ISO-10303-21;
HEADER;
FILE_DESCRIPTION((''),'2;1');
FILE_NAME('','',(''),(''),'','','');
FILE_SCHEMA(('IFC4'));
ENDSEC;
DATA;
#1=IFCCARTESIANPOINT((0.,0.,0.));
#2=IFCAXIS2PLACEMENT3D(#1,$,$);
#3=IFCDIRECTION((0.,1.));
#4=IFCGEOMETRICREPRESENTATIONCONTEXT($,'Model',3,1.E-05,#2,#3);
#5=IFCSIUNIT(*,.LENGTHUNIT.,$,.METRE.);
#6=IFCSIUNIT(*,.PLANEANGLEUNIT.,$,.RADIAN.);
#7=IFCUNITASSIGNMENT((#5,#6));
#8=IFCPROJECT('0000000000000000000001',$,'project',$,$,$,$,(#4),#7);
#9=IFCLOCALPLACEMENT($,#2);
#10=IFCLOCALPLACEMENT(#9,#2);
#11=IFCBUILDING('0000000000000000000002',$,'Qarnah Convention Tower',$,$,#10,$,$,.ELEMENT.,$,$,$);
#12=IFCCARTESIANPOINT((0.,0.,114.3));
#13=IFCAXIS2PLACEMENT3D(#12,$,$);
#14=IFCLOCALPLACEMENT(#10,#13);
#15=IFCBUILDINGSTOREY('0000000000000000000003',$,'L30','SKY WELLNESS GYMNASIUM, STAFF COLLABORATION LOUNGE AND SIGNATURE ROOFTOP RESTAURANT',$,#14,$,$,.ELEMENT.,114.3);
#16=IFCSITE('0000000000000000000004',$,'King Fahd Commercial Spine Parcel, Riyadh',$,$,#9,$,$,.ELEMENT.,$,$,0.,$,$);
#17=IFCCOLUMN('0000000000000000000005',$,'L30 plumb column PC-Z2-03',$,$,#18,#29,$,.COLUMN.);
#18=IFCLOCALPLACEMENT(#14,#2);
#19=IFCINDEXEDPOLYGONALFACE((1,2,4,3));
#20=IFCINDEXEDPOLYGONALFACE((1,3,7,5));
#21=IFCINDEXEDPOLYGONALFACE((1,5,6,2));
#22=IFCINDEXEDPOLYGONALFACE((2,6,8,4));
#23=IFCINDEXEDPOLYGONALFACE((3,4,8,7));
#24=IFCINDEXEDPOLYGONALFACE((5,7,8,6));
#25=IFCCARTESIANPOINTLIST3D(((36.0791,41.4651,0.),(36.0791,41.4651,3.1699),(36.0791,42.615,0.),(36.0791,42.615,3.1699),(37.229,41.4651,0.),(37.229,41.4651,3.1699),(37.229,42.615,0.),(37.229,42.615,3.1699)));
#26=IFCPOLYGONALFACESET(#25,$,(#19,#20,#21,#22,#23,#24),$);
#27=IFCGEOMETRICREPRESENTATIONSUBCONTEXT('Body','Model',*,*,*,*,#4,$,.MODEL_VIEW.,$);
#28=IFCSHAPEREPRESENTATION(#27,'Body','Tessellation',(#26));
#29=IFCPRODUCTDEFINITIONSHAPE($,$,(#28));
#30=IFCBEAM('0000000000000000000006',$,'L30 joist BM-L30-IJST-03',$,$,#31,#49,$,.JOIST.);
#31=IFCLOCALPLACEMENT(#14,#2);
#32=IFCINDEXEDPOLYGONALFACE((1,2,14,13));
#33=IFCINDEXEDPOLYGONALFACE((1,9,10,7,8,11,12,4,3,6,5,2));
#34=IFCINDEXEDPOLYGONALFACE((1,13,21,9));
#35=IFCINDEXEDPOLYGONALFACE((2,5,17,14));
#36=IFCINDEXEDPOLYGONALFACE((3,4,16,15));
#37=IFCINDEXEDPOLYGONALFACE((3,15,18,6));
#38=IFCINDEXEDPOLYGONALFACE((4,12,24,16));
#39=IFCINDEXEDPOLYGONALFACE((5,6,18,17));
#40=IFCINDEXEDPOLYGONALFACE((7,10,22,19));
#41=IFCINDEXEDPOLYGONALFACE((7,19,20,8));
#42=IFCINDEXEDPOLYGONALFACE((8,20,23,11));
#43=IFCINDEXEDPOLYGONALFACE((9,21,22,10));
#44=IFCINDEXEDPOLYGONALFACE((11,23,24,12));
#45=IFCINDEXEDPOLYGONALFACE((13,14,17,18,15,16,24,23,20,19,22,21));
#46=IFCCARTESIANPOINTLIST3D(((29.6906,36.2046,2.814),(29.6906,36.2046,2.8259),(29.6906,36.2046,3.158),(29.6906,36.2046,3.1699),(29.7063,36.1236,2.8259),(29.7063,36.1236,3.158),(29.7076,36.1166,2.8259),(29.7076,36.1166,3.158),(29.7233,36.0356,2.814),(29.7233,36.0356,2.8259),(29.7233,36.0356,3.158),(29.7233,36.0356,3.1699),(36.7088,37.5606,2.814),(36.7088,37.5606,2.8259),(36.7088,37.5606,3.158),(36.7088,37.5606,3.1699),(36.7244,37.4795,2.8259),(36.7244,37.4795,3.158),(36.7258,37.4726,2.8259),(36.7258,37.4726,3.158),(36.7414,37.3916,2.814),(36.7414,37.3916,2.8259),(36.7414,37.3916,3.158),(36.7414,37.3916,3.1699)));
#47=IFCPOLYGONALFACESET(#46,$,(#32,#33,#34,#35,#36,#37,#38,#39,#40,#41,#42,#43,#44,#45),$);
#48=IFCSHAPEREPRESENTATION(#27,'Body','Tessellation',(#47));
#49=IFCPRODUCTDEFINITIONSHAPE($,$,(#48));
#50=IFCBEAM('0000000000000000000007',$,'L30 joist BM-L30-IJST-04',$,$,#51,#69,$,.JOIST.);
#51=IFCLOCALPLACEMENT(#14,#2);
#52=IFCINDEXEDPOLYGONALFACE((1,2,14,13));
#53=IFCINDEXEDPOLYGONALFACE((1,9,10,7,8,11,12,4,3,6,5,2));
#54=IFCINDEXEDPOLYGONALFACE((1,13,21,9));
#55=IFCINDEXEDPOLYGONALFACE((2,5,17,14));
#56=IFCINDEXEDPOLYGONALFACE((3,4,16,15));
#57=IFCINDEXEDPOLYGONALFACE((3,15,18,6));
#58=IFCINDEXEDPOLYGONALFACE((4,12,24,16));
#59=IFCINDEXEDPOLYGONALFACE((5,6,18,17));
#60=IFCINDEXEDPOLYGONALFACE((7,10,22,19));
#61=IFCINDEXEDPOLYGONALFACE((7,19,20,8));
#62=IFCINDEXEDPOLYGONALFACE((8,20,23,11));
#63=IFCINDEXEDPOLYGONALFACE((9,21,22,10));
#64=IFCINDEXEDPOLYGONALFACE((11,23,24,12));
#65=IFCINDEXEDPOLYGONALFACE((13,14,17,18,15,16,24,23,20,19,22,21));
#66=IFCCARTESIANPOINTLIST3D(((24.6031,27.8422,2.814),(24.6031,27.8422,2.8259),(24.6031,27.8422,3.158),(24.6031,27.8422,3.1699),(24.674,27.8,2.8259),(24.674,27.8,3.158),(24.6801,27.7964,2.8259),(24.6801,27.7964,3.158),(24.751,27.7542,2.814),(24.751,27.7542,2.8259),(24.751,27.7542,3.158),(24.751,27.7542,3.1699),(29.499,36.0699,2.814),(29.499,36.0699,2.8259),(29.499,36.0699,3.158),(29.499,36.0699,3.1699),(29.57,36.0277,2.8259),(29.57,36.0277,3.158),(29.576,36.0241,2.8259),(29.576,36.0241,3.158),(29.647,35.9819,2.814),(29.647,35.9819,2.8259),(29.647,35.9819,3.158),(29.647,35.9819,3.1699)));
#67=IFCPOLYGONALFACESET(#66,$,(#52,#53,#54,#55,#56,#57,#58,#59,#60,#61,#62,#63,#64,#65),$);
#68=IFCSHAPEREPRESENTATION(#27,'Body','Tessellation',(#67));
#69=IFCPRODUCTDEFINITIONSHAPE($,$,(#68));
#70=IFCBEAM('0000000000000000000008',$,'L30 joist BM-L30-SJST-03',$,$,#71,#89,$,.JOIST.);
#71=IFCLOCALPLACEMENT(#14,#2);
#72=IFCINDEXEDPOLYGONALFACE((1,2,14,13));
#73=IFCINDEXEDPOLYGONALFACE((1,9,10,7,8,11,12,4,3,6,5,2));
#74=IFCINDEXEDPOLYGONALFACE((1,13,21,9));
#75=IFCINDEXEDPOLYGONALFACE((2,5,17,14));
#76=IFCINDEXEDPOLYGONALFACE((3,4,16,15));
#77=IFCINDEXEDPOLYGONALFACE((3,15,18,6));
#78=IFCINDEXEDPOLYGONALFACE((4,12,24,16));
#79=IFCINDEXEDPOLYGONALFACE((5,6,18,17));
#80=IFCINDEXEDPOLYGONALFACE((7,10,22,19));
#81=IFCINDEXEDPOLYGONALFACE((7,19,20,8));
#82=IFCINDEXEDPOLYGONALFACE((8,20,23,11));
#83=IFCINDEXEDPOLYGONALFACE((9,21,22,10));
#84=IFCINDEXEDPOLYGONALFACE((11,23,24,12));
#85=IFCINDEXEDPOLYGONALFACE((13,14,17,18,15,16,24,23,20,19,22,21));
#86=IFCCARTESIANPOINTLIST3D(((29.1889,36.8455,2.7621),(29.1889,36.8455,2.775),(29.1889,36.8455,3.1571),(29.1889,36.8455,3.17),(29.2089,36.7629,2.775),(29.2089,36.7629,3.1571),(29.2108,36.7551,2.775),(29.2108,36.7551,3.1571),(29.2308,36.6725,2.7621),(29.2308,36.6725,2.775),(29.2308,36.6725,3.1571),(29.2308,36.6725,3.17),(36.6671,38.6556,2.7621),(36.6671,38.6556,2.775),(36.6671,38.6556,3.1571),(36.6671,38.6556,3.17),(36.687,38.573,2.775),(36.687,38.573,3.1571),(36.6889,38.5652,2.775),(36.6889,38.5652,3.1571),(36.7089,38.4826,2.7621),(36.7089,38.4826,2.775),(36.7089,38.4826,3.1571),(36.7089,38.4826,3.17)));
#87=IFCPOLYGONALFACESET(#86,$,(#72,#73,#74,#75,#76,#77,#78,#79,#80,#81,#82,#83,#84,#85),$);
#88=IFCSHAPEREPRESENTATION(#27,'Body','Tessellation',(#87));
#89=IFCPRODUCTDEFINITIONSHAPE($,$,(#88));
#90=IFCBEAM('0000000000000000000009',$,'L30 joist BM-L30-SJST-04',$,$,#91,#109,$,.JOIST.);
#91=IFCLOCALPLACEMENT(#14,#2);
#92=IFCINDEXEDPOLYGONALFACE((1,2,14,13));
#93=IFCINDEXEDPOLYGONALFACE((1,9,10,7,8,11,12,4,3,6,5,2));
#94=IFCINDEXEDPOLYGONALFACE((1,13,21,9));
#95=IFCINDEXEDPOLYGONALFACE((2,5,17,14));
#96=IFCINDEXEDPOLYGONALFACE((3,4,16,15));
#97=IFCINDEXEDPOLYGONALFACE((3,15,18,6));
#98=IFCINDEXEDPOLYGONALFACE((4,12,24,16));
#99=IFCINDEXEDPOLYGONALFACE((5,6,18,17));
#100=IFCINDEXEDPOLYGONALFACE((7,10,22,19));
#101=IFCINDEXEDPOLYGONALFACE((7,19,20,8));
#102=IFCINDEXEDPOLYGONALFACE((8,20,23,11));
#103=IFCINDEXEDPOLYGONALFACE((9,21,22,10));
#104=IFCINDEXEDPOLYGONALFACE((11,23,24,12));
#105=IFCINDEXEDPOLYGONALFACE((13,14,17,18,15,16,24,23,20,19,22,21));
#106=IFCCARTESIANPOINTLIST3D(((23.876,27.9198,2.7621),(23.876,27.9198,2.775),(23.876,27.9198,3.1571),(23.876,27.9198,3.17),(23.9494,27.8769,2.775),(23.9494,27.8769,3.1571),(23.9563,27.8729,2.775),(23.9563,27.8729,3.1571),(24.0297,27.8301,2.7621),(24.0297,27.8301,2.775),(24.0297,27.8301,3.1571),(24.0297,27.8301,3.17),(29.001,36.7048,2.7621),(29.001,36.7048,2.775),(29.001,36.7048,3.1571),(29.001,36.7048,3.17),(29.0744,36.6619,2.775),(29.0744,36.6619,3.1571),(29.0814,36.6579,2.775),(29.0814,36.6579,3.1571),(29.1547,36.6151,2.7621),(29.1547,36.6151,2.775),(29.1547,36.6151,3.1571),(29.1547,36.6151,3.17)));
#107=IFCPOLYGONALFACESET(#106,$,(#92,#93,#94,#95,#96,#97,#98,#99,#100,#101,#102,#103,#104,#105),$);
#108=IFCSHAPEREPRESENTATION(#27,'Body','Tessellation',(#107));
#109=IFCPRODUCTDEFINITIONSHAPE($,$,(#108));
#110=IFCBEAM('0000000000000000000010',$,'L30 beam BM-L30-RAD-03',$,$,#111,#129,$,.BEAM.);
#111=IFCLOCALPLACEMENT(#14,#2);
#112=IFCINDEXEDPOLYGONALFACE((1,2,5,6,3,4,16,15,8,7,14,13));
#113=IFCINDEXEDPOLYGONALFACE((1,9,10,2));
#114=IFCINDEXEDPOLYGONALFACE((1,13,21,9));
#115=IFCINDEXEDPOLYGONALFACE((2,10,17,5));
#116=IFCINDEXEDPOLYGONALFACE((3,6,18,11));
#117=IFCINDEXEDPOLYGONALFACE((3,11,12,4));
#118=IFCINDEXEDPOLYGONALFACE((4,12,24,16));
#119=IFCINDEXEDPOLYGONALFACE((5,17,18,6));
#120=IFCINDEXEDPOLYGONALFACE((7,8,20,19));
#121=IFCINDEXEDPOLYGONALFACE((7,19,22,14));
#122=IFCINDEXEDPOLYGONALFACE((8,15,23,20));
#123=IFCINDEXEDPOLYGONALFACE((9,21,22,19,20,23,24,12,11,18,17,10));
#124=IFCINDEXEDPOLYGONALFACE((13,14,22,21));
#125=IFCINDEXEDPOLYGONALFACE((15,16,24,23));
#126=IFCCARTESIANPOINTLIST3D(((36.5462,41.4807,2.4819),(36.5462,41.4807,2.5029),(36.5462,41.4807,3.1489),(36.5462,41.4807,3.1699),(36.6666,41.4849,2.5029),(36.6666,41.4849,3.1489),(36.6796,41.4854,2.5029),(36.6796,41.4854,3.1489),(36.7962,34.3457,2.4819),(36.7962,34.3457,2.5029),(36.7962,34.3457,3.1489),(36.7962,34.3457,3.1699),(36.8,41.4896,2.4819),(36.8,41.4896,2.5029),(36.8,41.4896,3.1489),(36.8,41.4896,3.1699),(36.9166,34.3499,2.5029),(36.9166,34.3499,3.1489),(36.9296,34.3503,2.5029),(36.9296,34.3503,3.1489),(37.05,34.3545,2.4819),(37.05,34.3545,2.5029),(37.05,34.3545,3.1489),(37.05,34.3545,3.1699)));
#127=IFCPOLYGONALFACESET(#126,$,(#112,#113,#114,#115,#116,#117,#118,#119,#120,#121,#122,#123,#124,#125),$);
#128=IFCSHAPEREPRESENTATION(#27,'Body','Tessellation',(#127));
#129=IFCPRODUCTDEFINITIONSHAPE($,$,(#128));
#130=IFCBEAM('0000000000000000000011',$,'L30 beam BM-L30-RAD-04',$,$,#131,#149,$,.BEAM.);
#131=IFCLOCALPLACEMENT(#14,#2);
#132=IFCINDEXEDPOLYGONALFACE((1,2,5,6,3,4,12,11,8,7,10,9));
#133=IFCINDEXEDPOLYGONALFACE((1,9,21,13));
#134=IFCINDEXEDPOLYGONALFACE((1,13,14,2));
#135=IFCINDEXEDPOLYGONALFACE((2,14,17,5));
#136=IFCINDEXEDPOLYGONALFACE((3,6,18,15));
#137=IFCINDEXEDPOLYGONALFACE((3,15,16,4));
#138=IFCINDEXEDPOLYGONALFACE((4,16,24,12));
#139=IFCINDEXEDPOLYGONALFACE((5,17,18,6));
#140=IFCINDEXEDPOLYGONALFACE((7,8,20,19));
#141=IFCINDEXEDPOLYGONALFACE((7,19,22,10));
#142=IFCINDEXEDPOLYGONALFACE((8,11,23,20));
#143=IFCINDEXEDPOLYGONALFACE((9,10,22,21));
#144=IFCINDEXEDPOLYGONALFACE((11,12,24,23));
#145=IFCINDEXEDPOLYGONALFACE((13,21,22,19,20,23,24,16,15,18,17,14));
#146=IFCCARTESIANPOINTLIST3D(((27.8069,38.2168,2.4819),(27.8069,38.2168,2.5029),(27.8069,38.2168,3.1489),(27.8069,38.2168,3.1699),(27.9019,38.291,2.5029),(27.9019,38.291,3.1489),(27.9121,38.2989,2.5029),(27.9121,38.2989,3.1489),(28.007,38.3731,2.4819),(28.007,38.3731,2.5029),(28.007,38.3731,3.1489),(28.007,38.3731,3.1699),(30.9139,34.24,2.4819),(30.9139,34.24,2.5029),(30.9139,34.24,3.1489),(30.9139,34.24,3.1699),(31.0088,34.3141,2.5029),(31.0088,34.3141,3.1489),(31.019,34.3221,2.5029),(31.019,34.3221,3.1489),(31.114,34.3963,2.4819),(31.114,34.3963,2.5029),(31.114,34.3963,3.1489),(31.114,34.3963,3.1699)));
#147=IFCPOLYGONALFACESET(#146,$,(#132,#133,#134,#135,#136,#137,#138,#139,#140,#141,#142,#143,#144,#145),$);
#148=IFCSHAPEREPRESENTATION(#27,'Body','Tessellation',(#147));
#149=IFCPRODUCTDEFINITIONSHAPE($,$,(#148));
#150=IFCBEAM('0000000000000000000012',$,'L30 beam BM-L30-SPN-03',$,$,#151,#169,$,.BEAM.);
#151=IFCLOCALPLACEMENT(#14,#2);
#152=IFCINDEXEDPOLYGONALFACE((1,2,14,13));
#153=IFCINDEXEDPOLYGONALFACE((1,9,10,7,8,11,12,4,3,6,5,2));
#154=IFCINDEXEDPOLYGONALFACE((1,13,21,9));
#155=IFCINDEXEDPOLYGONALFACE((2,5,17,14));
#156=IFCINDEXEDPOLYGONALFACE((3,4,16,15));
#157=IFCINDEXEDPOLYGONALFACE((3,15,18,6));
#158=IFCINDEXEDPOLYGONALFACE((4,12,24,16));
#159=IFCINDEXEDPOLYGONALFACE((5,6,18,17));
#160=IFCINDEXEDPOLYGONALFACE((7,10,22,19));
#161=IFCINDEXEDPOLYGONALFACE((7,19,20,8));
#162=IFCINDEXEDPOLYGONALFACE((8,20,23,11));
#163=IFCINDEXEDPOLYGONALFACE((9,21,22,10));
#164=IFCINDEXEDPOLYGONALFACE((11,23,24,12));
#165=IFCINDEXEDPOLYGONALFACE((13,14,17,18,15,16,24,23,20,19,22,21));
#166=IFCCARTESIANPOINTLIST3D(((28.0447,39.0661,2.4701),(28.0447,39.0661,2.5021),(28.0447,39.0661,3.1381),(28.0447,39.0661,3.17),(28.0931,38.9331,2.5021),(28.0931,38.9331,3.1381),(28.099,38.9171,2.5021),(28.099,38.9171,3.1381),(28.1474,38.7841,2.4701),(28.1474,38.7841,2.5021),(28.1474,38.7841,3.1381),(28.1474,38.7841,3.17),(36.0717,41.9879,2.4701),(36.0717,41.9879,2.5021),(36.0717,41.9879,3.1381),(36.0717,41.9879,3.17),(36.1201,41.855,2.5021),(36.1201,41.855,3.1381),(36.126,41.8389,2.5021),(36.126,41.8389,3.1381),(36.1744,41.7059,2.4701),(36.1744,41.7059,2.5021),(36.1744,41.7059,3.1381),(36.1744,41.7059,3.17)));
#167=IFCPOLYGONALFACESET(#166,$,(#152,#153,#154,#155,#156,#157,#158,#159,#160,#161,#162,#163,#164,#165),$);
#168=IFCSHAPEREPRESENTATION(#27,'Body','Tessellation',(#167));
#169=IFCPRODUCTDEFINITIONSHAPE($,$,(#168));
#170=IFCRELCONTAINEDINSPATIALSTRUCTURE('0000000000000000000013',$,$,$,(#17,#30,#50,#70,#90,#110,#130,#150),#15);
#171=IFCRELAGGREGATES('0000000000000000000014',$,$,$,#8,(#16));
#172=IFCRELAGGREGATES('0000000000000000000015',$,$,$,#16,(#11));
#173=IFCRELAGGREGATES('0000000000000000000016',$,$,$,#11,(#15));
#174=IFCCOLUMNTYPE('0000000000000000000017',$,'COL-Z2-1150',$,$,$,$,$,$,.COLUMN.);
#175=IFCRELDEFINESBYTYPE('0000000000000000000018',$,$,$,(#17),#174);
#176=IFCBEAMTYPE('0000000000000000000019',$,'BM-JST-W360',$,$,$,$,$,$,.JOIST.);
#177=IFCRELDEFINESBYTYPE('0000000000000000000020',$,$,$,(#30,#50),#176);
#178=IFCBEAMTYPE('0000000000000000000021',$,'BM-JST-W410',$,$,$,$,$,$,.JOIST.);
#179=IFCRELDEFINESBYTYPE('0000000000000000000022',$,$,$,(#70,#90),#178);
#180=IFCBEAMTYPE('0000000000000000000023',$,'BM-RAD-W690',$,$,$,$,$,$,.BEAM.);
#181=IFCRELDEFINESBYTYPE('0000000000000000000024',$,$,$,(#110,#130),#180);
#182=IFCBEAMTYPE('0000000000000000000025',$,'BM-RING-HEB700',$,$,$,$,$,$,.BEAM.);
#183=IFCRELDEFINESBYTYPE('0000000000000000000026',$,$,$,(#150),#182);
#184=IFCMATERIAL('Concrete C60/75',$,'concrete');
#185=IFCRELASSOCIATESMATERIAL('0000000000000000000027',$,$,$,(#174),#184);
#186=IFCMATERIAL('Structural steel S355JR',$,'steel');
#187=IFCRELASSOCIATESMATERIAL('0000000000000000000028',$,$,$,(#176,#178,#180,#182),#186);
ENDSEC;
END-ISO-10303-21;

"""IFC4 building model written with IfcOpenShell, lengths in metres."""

from ifc_helpers import new_model, si_unit, direction, frame, origin, origin_2d, place, context, subcontext, project, spatial, rectangle, i_section, extrude, material, material_profile, profile_set, type_object, element, save


model = new_model("IFC4")

# Units and contexts
model_context = context("Model", 3, precision=1e-05, world=origin(), true_north=direction((0.0, 1.0)))
body_context = subcontext(model_context, "Body", "Model", "MODEL_VIEW")
ifc_project = project(units=[si_unit("LENGTHUNIT", "METRE"), si_unit("PLANEANGLEUNIT", "RADIAN")], contexts=[model_context])

# Site, building, storey
site_placement = place(None, origin())
site = spatial("IfcSite", under=ifc_project, at=site_placement, Name="King Fahd Commercial Spine Parcel, Riyadh", CompositionType="ELEMENT", RefElevation=0.0)
building_placement = place(site_placement, origin())
building = spatial("IfcBuilding", under=site, at=building_placement, Name="Qarnah Convention Tower", CompositionType="ELEMENT")
storey_placement = place(building_placement, frame((0.0, 0.0, 114.3)))
storey = spatial("IfcBuildingStorey", under=building, at=storey_placement, Name="L30", Description="SKY WELLNESS GYMNASIUM, STAFF COLLABORATION LOUNGE AND SIGNATURE ROOFTOP RESTAURANT", CompositionType="ELEMENT", Elevation=114.3)

# Column
ifc_material_1 = material(Name="Concrete C60/75", Category="concrete")
ifc_material_profile_1 = material_profile(ifc_material_1, rectangle(XDim=1.1499, YDim=1.1499, at=origin_2d()), Name="RC-COL-1150X1150")
ifc_profile_set_1 = profile_set([ifc_material_profile_1], Name="Concrete C60/75")
column_type = type_object("IfcColumnType", Name="COL-Z2-1150", PredefinedType="COLUMN", material=ifc_profile_set_1)
column_placement = place(storey_placement, frame((36.6541, 42.04, 0.0), z_axis=(0.0, 0.0, 1.0), x_axis=(1.0, 0.0, 0.0)))
element("IfcColumn", 1, at=column_placement, inside=storey, type_object=column_type, Name="L30 plumb column PC-Z2-03", PredefinedType="COLUMN", context=body_context, shape_type="SweptSolid", body=[
    extrude(rectangle(XDim=1.1499, YDim=1.1499, at=origin_2d()), origin(), (0.0, 0.0, 1.0), 3.1699),
])

# Beams
ifc_material_2 = material(Name="Structural steel S355JR", Category="steel")
ifc_material_profile_2 = material_profile(ifc_material_2, i_section(OverallWidth=0.1721, OverallDepth=0.356, WebThickness=0.0071, FlangeThickness=0.012, at=origin_2d()), Name="W360X51")
ifc_profile_set_2 = profile_set([ifc_material_profile_2], Name="Structural steel S355JR")
beam_type_1 = type_object("IfcBeamType", Name="BM-JST-W360", PredefinedType="JOIST", material=ifc_profile_set_2)
beam_1_placement = place(storey_placement, frame((36.7251, 37.4761, 2.9919), z_axis=(-0.981842, -0.189701, 0.0), x_axis=(0.189701, -0.981842, 0.0)))
element("IfcBeam", 2, at=beam_1_placement, inside=storey, type_object=beam_type_1, Name="L30 joist BM-L30-IJST-03", PredefinedType="JOIST", context=body_context, shape_type="SweptSolid", body=[
    extrude(i_section(OverallWidth=0.1721, OverallDepth=0.356, WebThickness=0.0071, FlangeThickness=0.012, at=origin_2d()), origin(), (0.0, 0.0, 1.0), 7.1479),
])
beam_2_placement = place(storey_placement, frame((29.573, 36.0259, 2.9919), z_axis=(-0.511369, -0.859361, 0.0), x_axis=(0.859361, -0.511369, 0.0)))
element("IfcBeam", 3, at=beam_2_placement, inside=storey, type_object=beam_type_1, Name="L30 joist BM-L30-IJST-04", PredefinedType="JOIST", context=body_context, shape_type="SweptSolid", body=[
    extrude(i_section(OverallWidth=0.1721, OverallDepth=0.356, WebThickness=0.0071, FlangeThickness=0.012, at=origin_2d()), origin(), (0.0, 0.0, 1.0), 9.5742),
])
ifc_material_profile_3 = material_profile(ifc_material_2, i_section(OverallWidth=0.178, OverallDepth=0.408, WebThickness=0.0081, FlangeThickness=0.0129, at=origin_2d()), Name="W410X60")
ifc_profile_set_3 = profile_set([ifc_material_profile_3], Name="Structural steel S355JR")
beam_type_2 = type_object("IfcBeamType", Name="BM-JST-W410", PredefinedType="JOIST", material=ifc_profile_set_3)
beam_3_placement = place(storey_placement, frame((36.688, 38.5691, 2.9661), z_axis=(-0.971933, -0.235257, 0.0), x_axis=(0.235257, -0.971933, 0.0)))
element("IfcBeam", 4, at=beam_3_placement, inside=storey, type_object=beam_type_2, Name="L30 joist BM-L30-SJST-03", PredefinedType="JOIST", context=body_context, shape_type="SweptSolid", body=[
    extrude(i_section(OverallWidth=0.178, OverallDepth=0.408, WebThickness=0.0081, FlangeThickness=0.0129, at=origin_2d()), origin(), (0.0, 0.0, 1.0), 7.6941),
])
beam_4_placement = place(storey_placement, frame((29.0779, 36.6599, 2.9661), z_axis=(-0.503905, -0.863759, 0.0), x_axis=(0.863759, -0.503905, 0.0)))
element("IfcBeam", 5, at=beam_4_placement, inside=storey, type_object=beam_type_2, Name="L30 joist BM-L30-SJST-04", PredefinedType="JOIST", context=body_context, shape_type="SweptSolid", body=[
    extrude(i_section(OverallWidth=0.178, OverallDepth=0.408, WebThickness=0.0081, FlangeThickness=0.0129, at=origin_2d()), origin(), (0.0, 0.0, 1.0), 10.1707),
])
ifc_material_profile_4 = material_profile(ifc_material_2, i_section(OverallWidth=0.2539, OverallDepth=0.688, WebThickness=0.0129, FlangeThickness=0.021, at=origin_2d()), Name="W690X152")
ifc_profile_set_4 = profile_set([ifc_material_profile_4], Name="Structural steel S355JR")
beam_type_3 = type_object("IfcBeamType", Name="BM-RAD-W690", PredefinedType="BEAM", material=ifc_profile_set_4)
beam_5_placement = place(storey_placement, frame((36.9231, 34.3501, 2.8259), z_axis=(-0.035017, 0.999387, 0.0), x_axis=(-0.999387, -0.035017, 0.0)))
element("IfcBeam", 6, at=beam_5_placement, inside=storey, type_object=beam_type_3, Name="L30 beam BM-L30-RAD-03", PredefinedType="BEAM", context=body_context, shape_type="SweptSolid", body=[
    extrude(i_section(OverallWidth=0.2539, OverallDepth=0.688, WebThickness=0.0129, FlangeThickness=0.021, at=origin_2d()), origin(), (0.0, 0.0, 1.0), 7.1394),
])
beam_6_placement = place(storey_placement, frame((31.0139, 34.3181, 2.8259), z_axis=(-0.615651, 0.788019, 0.0), x_axis=(-0.788019, -0.615651, 0.0)))
element("IfcBeam", 7, at=beam_6_placement, inside=storey, type_object=beam_type_3, Name="L30 beam BM-L30-RAD-04", PredefinedType="BEAM", context=body_context, shape_type="SweptSolid", body=[
    extrude(i_section(OverallWidth=0.2539, OverallDepth=0.688, WebThickness=0.0129, FlangeThickness=0.021, at=origin_2d()), origin(), (0.0, 0.0, 1.0), 5.0466),
])
ifc_material_profile_5 = material_profile(ifc_material_2, i_section(OverallWidth=0.3, OverallDepth=0.7, WebThickness=0.0171, FlangeThickness=0.032, at=origin_2d()), Name="HEB700")
ifc_profile_set_5 = profile_set([ifc_material_profile_5], Name="Structural steel S355JR")
beam_type_4 = type_object("IfcBeamType", Name="BM-RING-HEB700", PredefinedType="BEAM", material=ifc_profile_set_5)
beam_7_placement = place(storey_placement, frame((36.123, 41.8469, 2.8201), z_axis=(-0.939683, -0.342046, 0.0), x_axis=(0.342046, -0.939683, 0.0)))
element("IfcBeam", 8, at=beam_7_placement, inside=storey, type_object=beam_type_4, Name="L30 beam BM-L30-SPN-03", PredefinedType="BEAM", context=body_context, shape_type="SweptSolid", body=[
    extrude(i_section(OverallWidth=0.3, OverallDepth=0.7, WebThickness=0.0171, FlangeThickness=0.032, at=origin_2d()), origin(), (0.0, 0.0, 1.0), 8.5422),
])

save(model, "model.ifc")
